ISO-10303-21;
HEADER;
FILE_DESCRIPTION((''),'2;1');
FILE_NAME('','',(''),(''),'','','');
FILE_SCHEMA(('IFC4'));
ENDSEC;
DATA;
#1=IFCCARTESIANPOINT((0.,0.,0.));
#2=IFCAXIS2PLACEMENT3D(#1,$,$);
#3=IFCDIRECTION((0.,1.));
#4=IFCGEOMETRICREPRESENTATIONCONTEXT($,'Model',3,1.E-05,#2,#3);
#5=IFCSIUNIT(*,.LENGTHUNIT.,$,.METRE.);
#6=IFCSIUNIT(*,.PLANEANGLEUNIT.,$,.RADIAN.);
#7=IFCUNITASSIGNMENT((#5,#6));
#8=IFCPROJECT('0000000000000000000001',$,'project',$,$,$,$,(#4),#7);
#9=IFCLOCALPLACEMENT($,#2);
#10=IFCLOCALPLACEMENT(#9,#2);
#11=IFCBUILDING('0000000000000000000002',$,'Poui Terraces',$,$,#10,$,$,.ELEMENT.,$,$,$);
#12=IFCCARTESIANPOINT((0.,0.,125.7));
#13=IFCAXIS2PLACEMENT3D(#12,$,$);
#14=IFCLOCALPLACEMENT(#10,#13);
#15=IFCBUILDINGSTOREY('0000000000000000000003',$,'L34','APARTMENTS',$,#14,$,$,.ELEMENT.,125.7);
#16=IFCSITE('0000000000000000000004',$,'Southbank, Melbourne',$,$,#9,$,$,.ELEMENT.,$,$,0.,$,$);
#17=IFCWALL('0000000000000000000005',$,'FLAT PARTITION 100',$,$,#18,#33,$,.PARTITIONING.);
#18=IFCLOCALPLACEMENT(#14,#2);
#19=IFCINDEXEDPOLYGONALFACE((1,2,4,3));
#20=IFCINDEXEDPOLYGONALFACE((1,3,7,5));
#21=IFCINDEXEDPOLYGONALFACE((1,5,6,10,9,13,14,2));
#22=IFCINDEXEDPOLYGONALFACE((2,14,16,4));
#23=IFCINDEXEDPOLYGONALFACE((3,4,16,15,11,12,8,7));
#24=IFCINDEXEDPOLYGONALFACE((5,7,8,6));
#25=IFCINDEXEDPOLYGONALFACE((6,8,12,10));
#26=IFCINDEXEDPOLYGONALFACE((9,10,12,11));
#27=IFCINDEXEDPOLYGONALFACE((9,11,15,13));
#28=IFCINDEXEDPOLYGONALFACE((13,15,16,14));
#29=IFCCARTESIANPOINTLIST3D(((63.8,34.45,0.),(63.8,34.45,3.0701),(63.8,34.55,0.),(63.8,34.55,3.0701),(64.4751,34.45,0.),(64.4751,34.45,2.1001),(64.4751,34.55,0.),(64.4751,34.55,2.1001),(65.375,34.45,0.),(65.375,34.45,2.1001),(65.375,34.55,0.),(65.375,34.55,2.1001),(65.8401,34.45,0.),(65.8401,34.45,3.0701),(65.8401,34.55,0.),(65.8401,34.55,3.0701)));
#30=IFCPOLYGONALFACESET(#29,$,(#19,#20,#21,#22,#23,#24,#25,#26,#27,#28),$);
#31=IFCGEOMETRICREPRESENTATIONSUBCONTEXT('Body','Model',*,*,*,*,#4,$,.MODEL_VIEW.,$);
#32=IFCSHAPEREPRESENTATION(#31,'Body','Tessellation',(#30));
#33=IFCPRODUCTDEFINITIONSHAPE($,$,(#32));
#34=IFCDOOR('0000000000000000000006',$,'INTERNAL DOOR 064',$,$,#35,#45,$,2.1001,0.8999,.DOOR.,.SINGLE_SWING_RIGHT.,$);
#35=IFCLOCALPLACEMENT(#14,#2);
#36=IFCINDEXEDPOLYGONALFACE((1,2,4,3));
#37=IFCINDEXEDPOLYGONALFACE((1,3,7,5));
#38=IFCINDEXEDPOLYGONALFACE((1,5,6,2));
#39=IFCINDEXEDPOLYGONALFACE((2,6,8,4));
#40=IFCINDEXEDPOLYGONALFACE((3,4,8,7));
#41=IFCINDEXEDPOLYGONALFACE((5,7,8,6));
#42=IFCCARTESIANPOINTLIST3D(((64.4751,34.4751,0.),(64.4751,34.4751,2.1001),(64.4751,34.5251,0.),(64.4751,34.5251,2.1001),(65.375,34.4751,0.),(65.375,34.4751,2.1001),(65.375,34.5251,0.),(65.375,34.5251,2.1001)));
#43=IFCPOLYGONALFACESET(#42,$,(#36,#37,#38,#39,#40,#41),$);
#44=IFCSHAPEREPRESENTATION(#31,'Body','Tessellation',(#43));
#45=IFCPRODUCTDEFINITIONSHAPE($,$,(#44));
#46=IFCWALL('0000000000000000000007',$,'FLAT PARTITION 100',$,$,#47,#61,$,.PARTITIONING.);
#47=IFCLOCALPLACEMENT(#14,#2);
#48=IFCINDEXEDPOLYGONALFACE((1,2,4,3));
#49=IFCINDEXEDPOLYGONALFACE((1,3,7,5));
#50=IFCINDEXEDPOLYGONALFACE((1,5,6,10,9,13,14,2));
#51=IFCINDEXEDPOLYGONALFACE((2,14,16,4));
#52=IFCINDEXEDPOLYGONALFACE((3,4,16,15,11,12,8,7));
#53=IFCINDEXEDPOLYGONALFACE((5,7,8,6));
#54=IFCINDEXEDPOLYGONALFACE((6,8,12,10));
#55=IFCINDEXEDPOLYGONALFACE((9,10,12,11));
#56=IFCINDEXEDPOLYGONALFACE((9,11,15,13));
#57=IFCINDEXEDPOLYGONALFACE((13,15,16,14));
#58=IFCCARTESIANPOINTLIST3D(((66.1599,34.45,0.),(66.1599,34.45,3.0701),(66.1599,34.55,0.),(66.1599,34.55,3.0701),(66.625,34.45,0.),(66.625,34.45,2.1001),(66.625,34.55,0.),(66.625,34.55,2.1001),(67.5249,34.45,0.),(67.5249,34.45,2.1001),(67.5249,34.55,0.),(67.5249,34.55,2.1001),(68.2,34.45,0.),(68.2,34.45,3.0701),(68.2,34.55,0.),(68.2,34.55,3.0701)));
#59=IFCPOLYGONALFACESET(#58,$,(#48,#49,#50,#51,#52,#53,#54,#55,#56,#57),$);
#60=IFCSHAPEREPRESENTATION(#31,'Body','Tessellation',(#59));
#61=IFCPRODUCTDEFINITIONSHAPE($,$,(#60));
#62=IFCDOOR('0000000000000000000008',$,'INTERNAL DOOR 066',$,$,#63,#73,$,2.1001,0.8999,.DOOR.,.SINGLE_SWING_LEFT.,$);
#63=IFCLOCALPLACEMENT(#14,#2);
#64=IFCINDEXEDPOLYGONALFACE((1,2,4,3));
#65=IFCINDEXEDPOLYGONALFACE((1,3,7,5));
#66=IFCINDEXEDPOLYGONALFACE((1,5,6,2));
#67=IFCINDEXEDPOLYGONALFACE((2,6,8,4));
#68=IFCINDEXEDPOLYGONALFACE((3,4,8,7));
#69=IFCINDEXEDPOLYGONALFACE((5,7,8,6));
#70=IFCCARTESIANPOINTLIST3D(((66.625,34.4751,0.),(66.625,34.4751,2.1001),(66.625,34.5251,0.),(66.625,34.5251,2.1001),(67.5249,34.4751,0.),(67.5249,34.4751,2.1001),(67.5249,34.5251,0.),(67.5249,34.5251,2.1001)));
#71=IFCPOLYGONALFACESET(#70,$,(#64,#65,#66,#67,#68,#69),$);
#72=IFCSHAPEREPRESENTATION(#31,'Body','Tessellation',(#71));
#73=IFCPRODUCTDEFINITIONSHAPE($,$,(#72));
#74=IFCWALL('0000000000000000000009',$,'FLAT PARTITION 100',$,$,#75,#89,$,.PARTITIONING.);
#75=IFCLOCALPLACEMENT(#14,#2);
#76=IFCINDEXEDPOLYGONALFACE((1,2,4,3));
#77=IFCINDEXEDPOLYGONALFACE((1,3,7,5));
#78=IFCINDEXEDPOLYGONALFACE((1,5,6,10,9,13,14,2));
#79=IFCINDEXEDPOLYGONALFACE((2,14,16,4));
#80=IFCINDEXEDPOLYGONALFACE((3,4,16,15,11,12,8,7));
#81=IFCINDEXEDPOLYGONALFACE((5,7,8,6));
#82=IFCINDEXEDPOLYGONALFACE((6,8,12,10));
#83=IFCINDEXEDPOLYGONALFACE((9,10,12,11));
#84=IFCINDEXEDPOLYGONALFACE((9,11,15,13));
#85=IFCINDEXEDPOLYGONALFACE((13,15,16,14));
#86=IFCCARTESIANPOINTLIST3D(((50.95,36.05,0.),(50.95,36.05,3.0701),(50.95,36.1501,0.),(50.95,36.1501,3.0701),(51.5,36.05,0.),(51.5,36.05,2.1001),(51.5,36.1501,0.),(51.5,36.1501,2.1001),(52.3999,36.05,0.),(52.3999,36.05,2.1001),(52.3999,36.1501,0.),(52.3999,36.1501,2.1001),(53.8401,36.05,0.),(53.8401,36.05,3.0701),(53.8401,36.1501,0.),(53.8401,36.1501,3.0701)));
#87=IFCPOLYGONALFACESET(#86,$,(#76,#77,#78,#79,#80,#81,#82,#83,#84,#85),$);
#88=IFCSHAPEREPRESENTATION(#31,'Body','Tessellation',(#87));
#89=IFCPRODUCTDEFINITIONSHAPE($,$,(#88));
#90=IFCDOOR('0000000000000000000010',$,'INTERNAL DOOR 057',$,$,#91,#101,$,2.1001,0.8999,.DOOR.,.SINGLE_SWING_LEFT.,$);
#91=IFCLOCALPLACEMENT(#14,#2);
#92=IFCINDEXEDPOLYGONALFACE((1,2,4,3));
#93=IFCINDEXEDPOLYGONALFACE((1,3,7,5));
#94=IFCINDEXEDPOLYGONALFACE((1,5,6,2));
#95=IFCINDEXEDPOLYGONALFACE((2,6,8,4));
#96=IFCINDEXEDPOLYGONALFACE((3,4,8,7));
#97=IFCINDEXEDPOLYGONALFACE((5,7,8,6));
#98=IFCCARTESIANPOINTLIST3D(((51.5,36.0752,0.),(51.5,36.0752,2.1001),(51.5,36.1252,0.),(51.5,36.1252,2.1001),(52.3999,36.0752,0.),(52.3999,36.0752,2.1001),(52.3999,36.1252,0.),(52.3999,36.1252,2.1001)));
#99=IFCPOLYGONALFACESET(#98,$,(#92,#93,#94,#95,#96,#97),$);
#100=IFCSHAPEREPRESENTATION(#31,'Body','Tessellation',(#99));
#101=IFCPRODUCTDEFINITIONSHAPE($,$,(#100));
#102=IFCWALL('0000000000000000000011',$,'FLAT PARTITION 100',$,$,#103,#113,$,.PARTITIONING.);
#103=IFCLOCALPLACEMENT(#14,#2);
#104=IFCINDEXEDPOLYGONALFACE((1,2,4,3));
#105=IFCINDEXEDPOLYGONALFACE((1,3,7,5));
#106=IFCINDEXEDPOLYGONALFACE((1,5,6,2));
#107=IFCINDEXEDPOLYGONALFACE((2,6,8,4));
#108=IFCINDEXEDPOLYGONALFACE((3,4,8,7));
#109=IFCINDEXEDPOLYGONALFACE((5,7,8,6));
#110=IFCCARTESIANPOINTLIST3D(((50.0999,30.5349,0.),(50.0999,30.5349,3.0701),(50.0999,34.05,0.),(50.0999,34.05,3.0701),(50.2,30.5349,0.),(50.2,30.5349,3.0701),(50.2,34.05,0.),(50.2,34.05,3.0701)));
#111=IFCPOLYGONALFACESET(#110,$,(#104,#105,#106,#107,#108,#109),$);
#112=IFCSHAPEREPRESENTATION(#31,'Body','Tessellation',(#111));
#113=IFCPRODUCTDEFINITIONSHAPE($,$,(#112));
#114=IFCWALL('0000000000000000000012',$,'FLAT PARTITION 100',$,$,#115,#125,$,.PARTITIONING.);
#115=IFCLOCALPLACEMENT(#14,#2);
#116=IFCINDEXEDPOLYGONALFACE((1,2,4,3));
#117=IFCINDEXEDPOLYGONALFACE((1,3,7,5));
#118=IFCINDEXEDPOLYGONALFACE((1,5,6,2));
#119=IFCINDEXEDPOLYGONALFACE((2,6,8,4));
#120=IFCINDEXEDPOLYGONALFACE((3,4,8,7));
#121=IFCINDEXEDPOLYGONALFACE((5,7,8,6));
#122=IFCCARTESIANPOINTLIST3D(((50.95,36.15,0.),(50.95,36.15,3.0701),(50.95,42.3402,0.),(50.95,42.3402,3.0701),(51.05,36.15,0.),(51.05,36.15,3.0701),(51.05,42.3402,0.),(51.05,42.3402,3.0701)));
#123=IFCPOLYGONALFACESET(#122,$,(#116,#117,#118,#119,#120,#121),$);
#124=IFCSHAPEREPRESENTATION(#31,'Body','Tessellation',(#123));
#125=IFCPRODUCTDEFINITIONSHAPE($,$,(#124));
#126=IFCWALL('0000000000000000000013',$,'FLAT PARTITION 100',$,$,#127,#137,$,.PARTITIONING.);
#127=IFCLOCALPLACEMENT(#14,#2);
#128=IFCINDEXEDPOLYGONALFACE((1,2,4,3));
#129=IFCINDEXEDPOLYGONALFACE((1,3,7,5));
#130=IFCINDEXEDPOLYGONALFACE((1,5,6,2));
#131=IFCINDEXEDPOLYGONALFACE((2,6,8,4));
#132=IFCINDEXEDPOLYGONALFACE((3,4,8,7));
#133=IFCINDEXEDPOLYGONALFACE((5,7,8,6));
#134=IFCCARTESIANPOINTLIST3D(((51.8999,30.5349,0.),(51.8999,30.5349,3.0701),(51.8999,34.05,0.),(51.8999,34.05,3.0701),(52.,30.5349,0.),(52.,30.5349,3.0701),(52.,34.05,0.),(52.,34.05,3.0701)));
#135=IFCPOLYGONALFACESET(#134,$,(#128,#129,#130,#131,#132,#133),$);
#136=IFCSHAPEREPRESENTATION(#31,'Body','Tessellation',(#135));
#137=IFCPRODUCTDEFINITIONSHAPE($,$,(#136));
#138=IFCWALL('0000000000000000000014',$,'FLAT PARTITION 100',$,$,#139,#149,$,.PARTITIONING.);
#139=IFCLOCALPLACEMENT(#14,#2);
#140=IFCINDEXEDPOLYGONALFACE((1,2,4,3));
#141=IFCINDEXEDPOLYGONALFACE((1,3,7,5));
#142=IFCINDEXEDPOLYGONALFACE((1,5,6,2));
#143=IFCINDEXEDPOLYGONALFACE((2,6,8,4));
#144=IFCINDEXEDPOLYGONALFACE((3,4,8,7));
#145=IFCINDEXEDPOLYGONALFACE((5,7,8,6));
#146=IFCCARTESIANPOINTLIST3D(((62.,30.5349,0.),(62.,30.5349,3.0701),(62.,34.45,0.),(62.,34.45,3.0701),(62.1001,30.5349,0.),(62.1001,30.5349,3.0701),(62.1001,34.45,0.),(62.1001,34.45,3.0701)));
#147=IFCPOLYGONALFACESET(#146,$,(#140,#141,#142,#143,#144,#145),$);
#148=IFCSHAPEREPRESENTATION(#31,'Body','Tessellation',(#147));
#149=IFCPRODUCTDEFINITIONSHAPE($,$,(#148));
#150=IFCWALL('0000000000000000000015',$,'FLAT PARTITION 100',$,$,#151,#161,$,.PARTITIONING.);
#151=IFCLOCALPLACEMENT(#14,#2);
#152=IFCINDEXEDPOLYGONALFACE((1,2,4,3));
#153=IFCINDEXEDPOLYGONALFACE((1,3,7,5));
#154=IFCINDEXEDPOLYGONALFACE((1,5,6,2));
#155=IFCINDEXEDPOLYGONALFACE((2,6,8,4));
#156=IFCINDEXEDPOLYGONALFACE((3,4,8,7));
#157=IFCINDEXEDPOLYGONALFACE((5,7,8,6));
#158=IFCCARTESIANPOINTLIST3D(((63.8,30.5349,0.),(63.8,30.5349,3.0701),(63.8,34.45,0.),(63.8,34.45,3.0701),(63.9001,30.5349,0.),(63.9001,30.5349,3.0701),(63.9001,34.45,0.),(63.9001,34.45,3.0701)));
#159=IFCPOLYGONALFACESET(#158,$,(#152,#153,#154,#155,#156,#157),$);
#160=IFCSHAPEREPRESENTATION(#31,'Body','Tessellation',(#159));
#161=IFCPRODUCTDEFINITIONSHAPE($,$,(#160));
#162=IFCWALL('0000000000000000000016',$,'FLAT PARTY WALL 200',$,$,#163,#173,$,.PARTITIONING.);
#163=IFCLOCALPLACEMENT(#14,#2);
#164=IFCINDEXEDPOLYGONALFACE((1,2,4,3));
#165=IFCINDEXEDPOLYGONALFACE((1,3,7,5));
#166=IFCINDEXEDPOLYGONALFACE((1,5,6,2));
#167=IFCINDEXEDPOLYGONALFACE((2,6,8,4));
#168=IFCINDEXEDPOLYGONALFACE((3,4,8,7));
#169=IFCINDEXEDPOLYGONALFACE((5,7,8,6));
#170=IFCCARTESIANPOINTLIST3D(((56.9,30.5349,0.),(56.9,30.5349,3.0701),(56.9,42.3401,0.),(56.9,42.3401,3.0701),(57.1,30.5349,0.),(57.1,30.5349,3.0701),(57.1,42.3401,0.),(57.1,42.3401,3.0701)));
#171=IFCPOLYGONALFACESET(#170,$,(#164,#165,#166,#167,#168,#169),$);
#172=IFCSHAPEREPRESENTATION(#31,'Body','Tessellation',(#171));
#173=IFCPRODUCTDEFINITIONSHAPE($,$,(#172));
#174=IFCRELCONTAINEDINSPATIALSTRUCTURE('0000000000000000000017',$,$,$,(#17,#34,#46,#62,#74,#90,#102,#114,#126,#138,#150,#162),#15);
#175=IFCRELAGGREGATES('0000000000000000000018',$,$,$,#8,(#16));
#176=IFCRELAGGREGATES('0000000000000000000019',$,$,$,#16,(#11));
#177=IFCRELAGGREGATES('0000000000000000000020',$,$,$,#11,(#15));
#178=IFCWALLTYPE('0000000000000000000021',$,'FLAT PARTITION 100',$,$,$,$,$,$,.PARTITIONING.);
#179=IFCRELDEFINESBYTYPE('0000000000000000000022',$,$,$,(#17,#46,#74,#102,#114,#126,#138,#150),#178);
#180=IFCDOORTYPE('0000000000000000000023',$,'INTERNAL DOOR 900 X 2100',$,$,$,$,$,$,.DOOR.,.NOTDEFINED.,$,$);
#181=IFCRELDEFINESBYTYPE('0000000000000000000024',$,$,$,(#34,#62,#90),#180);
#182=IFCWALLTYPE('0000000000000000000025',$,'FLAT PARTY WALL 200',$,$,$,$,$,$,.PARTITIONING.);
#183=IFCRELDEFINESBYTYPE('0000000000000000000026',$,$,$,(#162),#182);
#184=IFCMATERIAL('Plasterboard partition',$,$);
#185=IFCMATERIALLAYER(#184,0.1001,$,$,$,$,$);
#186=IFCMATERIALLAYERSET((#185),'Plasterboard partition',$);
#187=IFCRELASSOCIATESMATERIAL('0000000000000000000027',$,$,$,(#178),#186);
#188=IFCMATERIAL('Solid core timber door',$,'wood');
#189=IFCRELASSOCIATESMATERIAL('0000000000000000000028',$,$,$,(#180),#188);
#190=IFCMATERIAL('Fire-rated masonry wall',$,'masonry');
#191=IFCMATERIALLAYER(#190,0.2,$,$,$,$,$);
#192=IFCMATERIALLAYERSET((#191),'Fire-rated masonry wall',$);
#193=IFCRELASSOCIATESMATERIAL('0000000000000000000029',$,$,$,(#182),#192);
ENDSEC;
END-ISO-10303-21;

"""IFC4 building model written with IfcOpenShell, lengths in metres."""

from ifc_helpers import new_model, si_unit, direction, frame, frame_2d, origin, place, context, subcontext, project, spatial, rectangle, extrude, material, layer, layer_set, type_object, element, fill, save


model = new_model("IFC4")

# Units and contexts
model_context = context("Model", 3, precision=1e-05, world=origin(), true_north=direction((0.0, 1.0)))
body_context = subcontext(model_context, "Body", "Model", "MODEL_VIEW")
ifc_project = project(units=[si_unit("LENGTHUNIT", "METRE"), si_unit("PLANEANGLEUNIT", "RADIAN")], contexts=[model_context])

# Site, building, storey
site_placement = place(None, origin())
site = spatial("IfcSite", under=ifc_project, at=site_placement, Name="Southbank, Melbourne", CompositionType="ELEMENT", RefElevation=0.0)
building_placement = place(site_placement, origin())
building = spatial("IfcBuilding", under=site, at=building_placement, Name="Poui Terraces", CompositionType="ELEMENT")
storey_placement = place(building_placement, frame((0.0, 0.0, 125.7)))
storey = spatial("IfcBuildingStorey", under=building, at=storey_placement, Name="L34", Description="APARTMENTS", CompositionType="ELEMENT", Elevation=125.7)

# Walls, openings, doors
ifc_material_1 = material(Name="Plasterboard partition")
ifc_layer_1 = layer(ifc_material_1, 0.1001)
ifc_layer_set_1 = layer_set([ifc_layer_1], Name="Plasterboard partition")
wall_type_1 = type_object("IfcWallType", Name="FLAT PARTITION 100", PredefinedType="PARTITIONING", material=ifc_layer_set_1)
ifc_material_2 = material(Name="Solid core timber door", Category="wood")
door_type_1 = type_object("IfcDoorType", Name="INTERNAL DOOR 900 X 2100", OperationType="NOTDEFINED", PredefinedType="DOOR", material=ifc_material_2)
wall_1_placement = place(storey_placement, frame((63.8, 34.5, 0.0), z_axis=(0.0, 0.0, 1.0), x_axis=(1.0, 0.0, 0.0)))
wall_1 = element("IfcWall", 1, at=wall_1_placement, inside=storey, type_object=wall_type_1, Name="FLAT PARTITION 100", PredefinedType="PARTITIONING", context=body_context, shape_type="SweptSolid", body=[
    extrude(rectangle(XDim=2.04, YDim=0.1001, at=frame_2d((1.02, 0.0))), origin(), (0.0, 0.0, 1.0), 3.0701),
])
opening_1_placement = place(wall_1_placement, frame((0.675, 0.0, 0.0)))
opening_1 = element("IfcOpeningElement", 2, at=opening_1_placement, cuts=wall_1, PredefinedType="OPENING", context=body_context, shape_type="SweptSolid", body=[
    extrude(rectangle(XDim=0.8999, YDim=2.1001, at=frame_2d((0.45, 1.05))), frame((0.0, 0.0601, 0.0), z_axis=(0.0, -1.0, 0.0), x_axis=(1.0, 0.0, 0.0)), (0.0, 0.0, 1.0), 0.1201),
])
door_1_placement = place(opening_1_placement, frame((0.8999, 0.0, 0.0), z_axis=(0.0, 0.0, 1.0), x_axis=(-1.0, 0.0, 0.0)))
door_1 = element("IfcDoor", 3, at=door_1_placement, inside=storey, type_object=door_type_1, Name="INTERNAL DOOR 064", OperationType="SINGLE_SWING_RIGHT", OverallHeight=2.1001, OverallWidth=0.8999, PredefinedType="DOOR", context=body_context, shape_type="SweptSolid", body=[
    extrude(rectangle(XDim=0.8999, YDim=2.1001, at=frame_2d((0.45, 1.05))), frame((0.0, 0.0249, 0.0), z_axis=(0.0, -1.0, 0.0), x_axis=(1.0, 0.0, 0.0)), (0.0, 0.0, 1.0), 0.05),
])
fill(opening_1, door_1)
wall_2_placement = place(storey_placement, frame((66.1599, 34.5, 0.0), z_axis=(0.0, 0.0, 1.0), x_axis=(1.0, 0.0, 0.0)))
wall_2 = element("IfcWall", 4, at=wall_2_placement, inside=storey, type_object=wall_type_1, Name="FLAT PARTITION 100", PredefinedType="PARTITIONING", context=body_context, shape_type="SweptSolid", body=[
    extrude(rectangle(XDim=2.04, YDim=0.1001, at=frame_2d((1.02, 0.0))), origin(), (0.0, 0.0, 1.0), 3.0701),
])
opening_2_placement = place(wall_2_placement, frame((0.4651, 0.0, 0.0)))
opening_2 = element("IfcOpeningElement", 5, at=opening_2_placement, cuts=wall_2, PredefinedType="OPENING", context=body_context, shape_type="SweptSolid", body=[
    extrude(rectangle(XDim=0.8999, YDim=2.1001, at=frame_2d((0.45, 1.05))), frame((0.0, 0.0601, 0.0), z_axis=(0.0, -1.0, 0.0), x_axis=(1.0, 0.0, 0.0)), (0.0, 0.0, 1.0), 0.1201),
])
door_2_placement = place(opening_2_placement, frame((0.8999, 0.0, 0.0), z_axis=(0.0, 0.0, 1.0), x_axis=(-1.0, 0.0, 0.0)))
door_2 = element("IfcDoor", 6, at=door_2_placement, inside=storey, type_object=door_type_1, Name="INTERNAL DOOR 066", OperationType="SINGLE_SWING_LEFT", OverallHeight=2.1001, OverallWidth=0.8999, PredefinedType="DOOR", context=body_context, shape_type="SweptSolid", body=[
    extrude(rectangle(XDim=0.8999, YDim=2.1001, at=frame_2d((0.45, 1.05))), frame((0.0, 0.0249, 0.0), z_axis=(0.0, -1.0, 0.0), x_axis=(1.0, 0.0, 0.0)), (0.0, 0.0, 1.0), 0.05),
])
fill(opening_2, door_2)
wall_3_placement = place(storey_placement, frame((50.95, 36.1001, 0.0), z_axis=(0.0, 0.0, 1.0), x_axis=(1.0, 0.0, 0.0)))
wall_3 = element("IfcWall", 7, at=wall_3_placement, inside=storey, type_object=wall_type_1, Name="FLAT PARTITION 100", PredefinedType="PARTITIONING", context=body_context, shape_type="SweptSolid", body=[
    extrude(rectangle(XDim=2.8901, YDim=0.1001, at=frame_2d((1.4451, 0.0))), origin(), (0.0, 0.0, 1.0), 3.0701),
])
opening_3_placement = place(wall_3_placement, frame((0.55, 0.0, 0.0)))
opening_3 = element("IfcOpeningElement", 8, at=opening_3_placement, cuts=wall_3, PredefinedType="OPENING", context=body_context, shape_type="SweptSolid", body=[
    extrude(rectangle(XDim=0.8999, YDim=2.1001, at=frame_2d((0.45, 1.05))), frame((0.0, 0.0601, 0.0), z_axis=(0.0, -1.0, 0.0), x_axis=(1.0, 0.0, 0.0)), (0.0, 0.0, 1.0), 0.1201),
])
door_3_placement = place(opening_3_placement, frame((0.8999, 0.0, 0.0), z_axis=(0.0, 0.0, 1.0), x_axis=(-1.0, 0.0, 0.0)))
door_3 = element("IfcDoor", 9, at=door_3_placement, inside=storey, type_object=door_type_1, Name="INTERNAL DOOR 057", OperationType="SINGLE_SWING_LEFT", OverallHeight=2.1001, OverallWidth=0.8999, PredefinedType="DOOR", context=body_context, shape_type="SweptSolid", body=[
    extrude(rectangle(XDim=0.8999, YDim=2.1001, at=frame_2d((0.45, 1.05))), frame((0.0, 0.0249, 0.0), z_axis=(0.0, -1.0, 0.0), x_axis=(1.0, 0.0, 0.0)), (0.0, 0.0, 1.0), 0.05),
])
fill(opening_3, door_3)

# Walls
wall_4_placement = place(storey_placement, frame((50.1499, 30.5349, 0.0), z_axis=(0.0, 0.0, 1.0), x_axis=(0.0, 1.0, 0.0)))
element("IfcWall", 10, at=wall_4_placement, inside=storey, type_object=wall_type_1, Name="FLAT PARTITION 100", PredefinedType="PARTITIONING", context=body_context, shape_type="SweptSolid", body=[
    extrude(rectangle(XDim=3.5151, YDim=0.1001, at=frame_2d((1.7576, 0.0))), origin(), (0.0, 0.0, 1.0), 3.0701),
])
wall_5_placement = place(storey_placement, frame((51.0, 36.1499, 0.0), z_axis=(0.0, 0.0, 1.0), x_axis=(0.0, 1.0, 0.0)))
element("IfcWall", 11, at=wall_5_placement, inside=storey, type_object=wall_type_1, Name="FLAT PARTITION 100", PredefinedType="PARTITIONING", context=body_context, shape_type="SweptSolid", body=[
    extrude(rectangle(XDim=6.1902, YDim=0.1001, at=frame_2d((3.0952, 0.0))), origin(), (0.0, 0.0, 1.0), 3.0701),
])
wall_6_placement = place(storey_placement, frame((51.95, 30.5349, 0.0), z_axis=(0.0, 0.0, 1.0), x_axis=(0.0, 1.0, 0.0)))
element("IfcWall", 12, at=wall_6_placement, inside=storey, type_object=wall_type_1, Name="FLAT PARTITION 100", PredefinedType="PARTITIONING", context=body_context, shape_type="SweptSolid", body=[
    extrude(rectangle(XDim=3.5151, YDim=0.1001, at=frame_2d((1.7576, 0.0))), origin(), (0.0, 0.0, 1.0), 3.0701),
])
for number, where, z_axis, x_axis, name in (
    (13, (62.05, 30.5349, 0.0), (0.0, 0.0, 1.0), (0.0, 1.0, 0.0), "FLAT PARTITION 100"),
    (14, (63.8501, 30.5349, 0.0), (0.0, 0.0, 1.0), (0.0, 1.0, 0.0), "FLAT PARTITION 100"),
):
    element("IfcWall", number, at=place(storey_placement, frame(where, z_axis=z_axis, x_axis=x_axis)), inside=storey, type_object=wall_type_1, Name=name, PredefinedType="PARTITIONING", context=body_context, shape_type="SweptSolid", body=[
        extrude(rectangle(XDim=3.915, YDim=0.1001, at=frame_2d((1.9575, 0.0))), origin(), (0.0, 0.0, 1.0), 3.0701),
    ])
ifc_material_3 = material(Name="Fire-rated masonry wall", Category="masonry")
ifc_layer_2 = layer(ifc_material_3, 0.2)
ifc_layer_set_2 = layer_set([ifc_layer_2], Name="Fire-rated masonry wall")
wall_type_2 = type_object("IfcWallType", Name="FLAT PARTY WALL 200", PredefinedType="PARTITIONING", material=ifc_layer_set_2)
wall_7_placement = place(storey_placement, frame((57.0, 30.5349, 0.0), z_axis=(0.0, 0.0, 1.0), x_axis=(0.0, 1.0, 0.0)))
element("IfcWall", 15, at=wall_7_placement, inside=storey, type_object=wall_type_2, Name="FLAT PARTY WALL 200", PredefinedType="PARTITIONING", context=body_context, shape_type="SweptSolid", body=[
    extrude(rectangle(XDim=11.8052, YDim=0.2, at=frame_2d((5.9026, 0.0))), origin(), (0.0, 0.0, 1.0), 3.0701),
])

save(model, "model.ifc")
